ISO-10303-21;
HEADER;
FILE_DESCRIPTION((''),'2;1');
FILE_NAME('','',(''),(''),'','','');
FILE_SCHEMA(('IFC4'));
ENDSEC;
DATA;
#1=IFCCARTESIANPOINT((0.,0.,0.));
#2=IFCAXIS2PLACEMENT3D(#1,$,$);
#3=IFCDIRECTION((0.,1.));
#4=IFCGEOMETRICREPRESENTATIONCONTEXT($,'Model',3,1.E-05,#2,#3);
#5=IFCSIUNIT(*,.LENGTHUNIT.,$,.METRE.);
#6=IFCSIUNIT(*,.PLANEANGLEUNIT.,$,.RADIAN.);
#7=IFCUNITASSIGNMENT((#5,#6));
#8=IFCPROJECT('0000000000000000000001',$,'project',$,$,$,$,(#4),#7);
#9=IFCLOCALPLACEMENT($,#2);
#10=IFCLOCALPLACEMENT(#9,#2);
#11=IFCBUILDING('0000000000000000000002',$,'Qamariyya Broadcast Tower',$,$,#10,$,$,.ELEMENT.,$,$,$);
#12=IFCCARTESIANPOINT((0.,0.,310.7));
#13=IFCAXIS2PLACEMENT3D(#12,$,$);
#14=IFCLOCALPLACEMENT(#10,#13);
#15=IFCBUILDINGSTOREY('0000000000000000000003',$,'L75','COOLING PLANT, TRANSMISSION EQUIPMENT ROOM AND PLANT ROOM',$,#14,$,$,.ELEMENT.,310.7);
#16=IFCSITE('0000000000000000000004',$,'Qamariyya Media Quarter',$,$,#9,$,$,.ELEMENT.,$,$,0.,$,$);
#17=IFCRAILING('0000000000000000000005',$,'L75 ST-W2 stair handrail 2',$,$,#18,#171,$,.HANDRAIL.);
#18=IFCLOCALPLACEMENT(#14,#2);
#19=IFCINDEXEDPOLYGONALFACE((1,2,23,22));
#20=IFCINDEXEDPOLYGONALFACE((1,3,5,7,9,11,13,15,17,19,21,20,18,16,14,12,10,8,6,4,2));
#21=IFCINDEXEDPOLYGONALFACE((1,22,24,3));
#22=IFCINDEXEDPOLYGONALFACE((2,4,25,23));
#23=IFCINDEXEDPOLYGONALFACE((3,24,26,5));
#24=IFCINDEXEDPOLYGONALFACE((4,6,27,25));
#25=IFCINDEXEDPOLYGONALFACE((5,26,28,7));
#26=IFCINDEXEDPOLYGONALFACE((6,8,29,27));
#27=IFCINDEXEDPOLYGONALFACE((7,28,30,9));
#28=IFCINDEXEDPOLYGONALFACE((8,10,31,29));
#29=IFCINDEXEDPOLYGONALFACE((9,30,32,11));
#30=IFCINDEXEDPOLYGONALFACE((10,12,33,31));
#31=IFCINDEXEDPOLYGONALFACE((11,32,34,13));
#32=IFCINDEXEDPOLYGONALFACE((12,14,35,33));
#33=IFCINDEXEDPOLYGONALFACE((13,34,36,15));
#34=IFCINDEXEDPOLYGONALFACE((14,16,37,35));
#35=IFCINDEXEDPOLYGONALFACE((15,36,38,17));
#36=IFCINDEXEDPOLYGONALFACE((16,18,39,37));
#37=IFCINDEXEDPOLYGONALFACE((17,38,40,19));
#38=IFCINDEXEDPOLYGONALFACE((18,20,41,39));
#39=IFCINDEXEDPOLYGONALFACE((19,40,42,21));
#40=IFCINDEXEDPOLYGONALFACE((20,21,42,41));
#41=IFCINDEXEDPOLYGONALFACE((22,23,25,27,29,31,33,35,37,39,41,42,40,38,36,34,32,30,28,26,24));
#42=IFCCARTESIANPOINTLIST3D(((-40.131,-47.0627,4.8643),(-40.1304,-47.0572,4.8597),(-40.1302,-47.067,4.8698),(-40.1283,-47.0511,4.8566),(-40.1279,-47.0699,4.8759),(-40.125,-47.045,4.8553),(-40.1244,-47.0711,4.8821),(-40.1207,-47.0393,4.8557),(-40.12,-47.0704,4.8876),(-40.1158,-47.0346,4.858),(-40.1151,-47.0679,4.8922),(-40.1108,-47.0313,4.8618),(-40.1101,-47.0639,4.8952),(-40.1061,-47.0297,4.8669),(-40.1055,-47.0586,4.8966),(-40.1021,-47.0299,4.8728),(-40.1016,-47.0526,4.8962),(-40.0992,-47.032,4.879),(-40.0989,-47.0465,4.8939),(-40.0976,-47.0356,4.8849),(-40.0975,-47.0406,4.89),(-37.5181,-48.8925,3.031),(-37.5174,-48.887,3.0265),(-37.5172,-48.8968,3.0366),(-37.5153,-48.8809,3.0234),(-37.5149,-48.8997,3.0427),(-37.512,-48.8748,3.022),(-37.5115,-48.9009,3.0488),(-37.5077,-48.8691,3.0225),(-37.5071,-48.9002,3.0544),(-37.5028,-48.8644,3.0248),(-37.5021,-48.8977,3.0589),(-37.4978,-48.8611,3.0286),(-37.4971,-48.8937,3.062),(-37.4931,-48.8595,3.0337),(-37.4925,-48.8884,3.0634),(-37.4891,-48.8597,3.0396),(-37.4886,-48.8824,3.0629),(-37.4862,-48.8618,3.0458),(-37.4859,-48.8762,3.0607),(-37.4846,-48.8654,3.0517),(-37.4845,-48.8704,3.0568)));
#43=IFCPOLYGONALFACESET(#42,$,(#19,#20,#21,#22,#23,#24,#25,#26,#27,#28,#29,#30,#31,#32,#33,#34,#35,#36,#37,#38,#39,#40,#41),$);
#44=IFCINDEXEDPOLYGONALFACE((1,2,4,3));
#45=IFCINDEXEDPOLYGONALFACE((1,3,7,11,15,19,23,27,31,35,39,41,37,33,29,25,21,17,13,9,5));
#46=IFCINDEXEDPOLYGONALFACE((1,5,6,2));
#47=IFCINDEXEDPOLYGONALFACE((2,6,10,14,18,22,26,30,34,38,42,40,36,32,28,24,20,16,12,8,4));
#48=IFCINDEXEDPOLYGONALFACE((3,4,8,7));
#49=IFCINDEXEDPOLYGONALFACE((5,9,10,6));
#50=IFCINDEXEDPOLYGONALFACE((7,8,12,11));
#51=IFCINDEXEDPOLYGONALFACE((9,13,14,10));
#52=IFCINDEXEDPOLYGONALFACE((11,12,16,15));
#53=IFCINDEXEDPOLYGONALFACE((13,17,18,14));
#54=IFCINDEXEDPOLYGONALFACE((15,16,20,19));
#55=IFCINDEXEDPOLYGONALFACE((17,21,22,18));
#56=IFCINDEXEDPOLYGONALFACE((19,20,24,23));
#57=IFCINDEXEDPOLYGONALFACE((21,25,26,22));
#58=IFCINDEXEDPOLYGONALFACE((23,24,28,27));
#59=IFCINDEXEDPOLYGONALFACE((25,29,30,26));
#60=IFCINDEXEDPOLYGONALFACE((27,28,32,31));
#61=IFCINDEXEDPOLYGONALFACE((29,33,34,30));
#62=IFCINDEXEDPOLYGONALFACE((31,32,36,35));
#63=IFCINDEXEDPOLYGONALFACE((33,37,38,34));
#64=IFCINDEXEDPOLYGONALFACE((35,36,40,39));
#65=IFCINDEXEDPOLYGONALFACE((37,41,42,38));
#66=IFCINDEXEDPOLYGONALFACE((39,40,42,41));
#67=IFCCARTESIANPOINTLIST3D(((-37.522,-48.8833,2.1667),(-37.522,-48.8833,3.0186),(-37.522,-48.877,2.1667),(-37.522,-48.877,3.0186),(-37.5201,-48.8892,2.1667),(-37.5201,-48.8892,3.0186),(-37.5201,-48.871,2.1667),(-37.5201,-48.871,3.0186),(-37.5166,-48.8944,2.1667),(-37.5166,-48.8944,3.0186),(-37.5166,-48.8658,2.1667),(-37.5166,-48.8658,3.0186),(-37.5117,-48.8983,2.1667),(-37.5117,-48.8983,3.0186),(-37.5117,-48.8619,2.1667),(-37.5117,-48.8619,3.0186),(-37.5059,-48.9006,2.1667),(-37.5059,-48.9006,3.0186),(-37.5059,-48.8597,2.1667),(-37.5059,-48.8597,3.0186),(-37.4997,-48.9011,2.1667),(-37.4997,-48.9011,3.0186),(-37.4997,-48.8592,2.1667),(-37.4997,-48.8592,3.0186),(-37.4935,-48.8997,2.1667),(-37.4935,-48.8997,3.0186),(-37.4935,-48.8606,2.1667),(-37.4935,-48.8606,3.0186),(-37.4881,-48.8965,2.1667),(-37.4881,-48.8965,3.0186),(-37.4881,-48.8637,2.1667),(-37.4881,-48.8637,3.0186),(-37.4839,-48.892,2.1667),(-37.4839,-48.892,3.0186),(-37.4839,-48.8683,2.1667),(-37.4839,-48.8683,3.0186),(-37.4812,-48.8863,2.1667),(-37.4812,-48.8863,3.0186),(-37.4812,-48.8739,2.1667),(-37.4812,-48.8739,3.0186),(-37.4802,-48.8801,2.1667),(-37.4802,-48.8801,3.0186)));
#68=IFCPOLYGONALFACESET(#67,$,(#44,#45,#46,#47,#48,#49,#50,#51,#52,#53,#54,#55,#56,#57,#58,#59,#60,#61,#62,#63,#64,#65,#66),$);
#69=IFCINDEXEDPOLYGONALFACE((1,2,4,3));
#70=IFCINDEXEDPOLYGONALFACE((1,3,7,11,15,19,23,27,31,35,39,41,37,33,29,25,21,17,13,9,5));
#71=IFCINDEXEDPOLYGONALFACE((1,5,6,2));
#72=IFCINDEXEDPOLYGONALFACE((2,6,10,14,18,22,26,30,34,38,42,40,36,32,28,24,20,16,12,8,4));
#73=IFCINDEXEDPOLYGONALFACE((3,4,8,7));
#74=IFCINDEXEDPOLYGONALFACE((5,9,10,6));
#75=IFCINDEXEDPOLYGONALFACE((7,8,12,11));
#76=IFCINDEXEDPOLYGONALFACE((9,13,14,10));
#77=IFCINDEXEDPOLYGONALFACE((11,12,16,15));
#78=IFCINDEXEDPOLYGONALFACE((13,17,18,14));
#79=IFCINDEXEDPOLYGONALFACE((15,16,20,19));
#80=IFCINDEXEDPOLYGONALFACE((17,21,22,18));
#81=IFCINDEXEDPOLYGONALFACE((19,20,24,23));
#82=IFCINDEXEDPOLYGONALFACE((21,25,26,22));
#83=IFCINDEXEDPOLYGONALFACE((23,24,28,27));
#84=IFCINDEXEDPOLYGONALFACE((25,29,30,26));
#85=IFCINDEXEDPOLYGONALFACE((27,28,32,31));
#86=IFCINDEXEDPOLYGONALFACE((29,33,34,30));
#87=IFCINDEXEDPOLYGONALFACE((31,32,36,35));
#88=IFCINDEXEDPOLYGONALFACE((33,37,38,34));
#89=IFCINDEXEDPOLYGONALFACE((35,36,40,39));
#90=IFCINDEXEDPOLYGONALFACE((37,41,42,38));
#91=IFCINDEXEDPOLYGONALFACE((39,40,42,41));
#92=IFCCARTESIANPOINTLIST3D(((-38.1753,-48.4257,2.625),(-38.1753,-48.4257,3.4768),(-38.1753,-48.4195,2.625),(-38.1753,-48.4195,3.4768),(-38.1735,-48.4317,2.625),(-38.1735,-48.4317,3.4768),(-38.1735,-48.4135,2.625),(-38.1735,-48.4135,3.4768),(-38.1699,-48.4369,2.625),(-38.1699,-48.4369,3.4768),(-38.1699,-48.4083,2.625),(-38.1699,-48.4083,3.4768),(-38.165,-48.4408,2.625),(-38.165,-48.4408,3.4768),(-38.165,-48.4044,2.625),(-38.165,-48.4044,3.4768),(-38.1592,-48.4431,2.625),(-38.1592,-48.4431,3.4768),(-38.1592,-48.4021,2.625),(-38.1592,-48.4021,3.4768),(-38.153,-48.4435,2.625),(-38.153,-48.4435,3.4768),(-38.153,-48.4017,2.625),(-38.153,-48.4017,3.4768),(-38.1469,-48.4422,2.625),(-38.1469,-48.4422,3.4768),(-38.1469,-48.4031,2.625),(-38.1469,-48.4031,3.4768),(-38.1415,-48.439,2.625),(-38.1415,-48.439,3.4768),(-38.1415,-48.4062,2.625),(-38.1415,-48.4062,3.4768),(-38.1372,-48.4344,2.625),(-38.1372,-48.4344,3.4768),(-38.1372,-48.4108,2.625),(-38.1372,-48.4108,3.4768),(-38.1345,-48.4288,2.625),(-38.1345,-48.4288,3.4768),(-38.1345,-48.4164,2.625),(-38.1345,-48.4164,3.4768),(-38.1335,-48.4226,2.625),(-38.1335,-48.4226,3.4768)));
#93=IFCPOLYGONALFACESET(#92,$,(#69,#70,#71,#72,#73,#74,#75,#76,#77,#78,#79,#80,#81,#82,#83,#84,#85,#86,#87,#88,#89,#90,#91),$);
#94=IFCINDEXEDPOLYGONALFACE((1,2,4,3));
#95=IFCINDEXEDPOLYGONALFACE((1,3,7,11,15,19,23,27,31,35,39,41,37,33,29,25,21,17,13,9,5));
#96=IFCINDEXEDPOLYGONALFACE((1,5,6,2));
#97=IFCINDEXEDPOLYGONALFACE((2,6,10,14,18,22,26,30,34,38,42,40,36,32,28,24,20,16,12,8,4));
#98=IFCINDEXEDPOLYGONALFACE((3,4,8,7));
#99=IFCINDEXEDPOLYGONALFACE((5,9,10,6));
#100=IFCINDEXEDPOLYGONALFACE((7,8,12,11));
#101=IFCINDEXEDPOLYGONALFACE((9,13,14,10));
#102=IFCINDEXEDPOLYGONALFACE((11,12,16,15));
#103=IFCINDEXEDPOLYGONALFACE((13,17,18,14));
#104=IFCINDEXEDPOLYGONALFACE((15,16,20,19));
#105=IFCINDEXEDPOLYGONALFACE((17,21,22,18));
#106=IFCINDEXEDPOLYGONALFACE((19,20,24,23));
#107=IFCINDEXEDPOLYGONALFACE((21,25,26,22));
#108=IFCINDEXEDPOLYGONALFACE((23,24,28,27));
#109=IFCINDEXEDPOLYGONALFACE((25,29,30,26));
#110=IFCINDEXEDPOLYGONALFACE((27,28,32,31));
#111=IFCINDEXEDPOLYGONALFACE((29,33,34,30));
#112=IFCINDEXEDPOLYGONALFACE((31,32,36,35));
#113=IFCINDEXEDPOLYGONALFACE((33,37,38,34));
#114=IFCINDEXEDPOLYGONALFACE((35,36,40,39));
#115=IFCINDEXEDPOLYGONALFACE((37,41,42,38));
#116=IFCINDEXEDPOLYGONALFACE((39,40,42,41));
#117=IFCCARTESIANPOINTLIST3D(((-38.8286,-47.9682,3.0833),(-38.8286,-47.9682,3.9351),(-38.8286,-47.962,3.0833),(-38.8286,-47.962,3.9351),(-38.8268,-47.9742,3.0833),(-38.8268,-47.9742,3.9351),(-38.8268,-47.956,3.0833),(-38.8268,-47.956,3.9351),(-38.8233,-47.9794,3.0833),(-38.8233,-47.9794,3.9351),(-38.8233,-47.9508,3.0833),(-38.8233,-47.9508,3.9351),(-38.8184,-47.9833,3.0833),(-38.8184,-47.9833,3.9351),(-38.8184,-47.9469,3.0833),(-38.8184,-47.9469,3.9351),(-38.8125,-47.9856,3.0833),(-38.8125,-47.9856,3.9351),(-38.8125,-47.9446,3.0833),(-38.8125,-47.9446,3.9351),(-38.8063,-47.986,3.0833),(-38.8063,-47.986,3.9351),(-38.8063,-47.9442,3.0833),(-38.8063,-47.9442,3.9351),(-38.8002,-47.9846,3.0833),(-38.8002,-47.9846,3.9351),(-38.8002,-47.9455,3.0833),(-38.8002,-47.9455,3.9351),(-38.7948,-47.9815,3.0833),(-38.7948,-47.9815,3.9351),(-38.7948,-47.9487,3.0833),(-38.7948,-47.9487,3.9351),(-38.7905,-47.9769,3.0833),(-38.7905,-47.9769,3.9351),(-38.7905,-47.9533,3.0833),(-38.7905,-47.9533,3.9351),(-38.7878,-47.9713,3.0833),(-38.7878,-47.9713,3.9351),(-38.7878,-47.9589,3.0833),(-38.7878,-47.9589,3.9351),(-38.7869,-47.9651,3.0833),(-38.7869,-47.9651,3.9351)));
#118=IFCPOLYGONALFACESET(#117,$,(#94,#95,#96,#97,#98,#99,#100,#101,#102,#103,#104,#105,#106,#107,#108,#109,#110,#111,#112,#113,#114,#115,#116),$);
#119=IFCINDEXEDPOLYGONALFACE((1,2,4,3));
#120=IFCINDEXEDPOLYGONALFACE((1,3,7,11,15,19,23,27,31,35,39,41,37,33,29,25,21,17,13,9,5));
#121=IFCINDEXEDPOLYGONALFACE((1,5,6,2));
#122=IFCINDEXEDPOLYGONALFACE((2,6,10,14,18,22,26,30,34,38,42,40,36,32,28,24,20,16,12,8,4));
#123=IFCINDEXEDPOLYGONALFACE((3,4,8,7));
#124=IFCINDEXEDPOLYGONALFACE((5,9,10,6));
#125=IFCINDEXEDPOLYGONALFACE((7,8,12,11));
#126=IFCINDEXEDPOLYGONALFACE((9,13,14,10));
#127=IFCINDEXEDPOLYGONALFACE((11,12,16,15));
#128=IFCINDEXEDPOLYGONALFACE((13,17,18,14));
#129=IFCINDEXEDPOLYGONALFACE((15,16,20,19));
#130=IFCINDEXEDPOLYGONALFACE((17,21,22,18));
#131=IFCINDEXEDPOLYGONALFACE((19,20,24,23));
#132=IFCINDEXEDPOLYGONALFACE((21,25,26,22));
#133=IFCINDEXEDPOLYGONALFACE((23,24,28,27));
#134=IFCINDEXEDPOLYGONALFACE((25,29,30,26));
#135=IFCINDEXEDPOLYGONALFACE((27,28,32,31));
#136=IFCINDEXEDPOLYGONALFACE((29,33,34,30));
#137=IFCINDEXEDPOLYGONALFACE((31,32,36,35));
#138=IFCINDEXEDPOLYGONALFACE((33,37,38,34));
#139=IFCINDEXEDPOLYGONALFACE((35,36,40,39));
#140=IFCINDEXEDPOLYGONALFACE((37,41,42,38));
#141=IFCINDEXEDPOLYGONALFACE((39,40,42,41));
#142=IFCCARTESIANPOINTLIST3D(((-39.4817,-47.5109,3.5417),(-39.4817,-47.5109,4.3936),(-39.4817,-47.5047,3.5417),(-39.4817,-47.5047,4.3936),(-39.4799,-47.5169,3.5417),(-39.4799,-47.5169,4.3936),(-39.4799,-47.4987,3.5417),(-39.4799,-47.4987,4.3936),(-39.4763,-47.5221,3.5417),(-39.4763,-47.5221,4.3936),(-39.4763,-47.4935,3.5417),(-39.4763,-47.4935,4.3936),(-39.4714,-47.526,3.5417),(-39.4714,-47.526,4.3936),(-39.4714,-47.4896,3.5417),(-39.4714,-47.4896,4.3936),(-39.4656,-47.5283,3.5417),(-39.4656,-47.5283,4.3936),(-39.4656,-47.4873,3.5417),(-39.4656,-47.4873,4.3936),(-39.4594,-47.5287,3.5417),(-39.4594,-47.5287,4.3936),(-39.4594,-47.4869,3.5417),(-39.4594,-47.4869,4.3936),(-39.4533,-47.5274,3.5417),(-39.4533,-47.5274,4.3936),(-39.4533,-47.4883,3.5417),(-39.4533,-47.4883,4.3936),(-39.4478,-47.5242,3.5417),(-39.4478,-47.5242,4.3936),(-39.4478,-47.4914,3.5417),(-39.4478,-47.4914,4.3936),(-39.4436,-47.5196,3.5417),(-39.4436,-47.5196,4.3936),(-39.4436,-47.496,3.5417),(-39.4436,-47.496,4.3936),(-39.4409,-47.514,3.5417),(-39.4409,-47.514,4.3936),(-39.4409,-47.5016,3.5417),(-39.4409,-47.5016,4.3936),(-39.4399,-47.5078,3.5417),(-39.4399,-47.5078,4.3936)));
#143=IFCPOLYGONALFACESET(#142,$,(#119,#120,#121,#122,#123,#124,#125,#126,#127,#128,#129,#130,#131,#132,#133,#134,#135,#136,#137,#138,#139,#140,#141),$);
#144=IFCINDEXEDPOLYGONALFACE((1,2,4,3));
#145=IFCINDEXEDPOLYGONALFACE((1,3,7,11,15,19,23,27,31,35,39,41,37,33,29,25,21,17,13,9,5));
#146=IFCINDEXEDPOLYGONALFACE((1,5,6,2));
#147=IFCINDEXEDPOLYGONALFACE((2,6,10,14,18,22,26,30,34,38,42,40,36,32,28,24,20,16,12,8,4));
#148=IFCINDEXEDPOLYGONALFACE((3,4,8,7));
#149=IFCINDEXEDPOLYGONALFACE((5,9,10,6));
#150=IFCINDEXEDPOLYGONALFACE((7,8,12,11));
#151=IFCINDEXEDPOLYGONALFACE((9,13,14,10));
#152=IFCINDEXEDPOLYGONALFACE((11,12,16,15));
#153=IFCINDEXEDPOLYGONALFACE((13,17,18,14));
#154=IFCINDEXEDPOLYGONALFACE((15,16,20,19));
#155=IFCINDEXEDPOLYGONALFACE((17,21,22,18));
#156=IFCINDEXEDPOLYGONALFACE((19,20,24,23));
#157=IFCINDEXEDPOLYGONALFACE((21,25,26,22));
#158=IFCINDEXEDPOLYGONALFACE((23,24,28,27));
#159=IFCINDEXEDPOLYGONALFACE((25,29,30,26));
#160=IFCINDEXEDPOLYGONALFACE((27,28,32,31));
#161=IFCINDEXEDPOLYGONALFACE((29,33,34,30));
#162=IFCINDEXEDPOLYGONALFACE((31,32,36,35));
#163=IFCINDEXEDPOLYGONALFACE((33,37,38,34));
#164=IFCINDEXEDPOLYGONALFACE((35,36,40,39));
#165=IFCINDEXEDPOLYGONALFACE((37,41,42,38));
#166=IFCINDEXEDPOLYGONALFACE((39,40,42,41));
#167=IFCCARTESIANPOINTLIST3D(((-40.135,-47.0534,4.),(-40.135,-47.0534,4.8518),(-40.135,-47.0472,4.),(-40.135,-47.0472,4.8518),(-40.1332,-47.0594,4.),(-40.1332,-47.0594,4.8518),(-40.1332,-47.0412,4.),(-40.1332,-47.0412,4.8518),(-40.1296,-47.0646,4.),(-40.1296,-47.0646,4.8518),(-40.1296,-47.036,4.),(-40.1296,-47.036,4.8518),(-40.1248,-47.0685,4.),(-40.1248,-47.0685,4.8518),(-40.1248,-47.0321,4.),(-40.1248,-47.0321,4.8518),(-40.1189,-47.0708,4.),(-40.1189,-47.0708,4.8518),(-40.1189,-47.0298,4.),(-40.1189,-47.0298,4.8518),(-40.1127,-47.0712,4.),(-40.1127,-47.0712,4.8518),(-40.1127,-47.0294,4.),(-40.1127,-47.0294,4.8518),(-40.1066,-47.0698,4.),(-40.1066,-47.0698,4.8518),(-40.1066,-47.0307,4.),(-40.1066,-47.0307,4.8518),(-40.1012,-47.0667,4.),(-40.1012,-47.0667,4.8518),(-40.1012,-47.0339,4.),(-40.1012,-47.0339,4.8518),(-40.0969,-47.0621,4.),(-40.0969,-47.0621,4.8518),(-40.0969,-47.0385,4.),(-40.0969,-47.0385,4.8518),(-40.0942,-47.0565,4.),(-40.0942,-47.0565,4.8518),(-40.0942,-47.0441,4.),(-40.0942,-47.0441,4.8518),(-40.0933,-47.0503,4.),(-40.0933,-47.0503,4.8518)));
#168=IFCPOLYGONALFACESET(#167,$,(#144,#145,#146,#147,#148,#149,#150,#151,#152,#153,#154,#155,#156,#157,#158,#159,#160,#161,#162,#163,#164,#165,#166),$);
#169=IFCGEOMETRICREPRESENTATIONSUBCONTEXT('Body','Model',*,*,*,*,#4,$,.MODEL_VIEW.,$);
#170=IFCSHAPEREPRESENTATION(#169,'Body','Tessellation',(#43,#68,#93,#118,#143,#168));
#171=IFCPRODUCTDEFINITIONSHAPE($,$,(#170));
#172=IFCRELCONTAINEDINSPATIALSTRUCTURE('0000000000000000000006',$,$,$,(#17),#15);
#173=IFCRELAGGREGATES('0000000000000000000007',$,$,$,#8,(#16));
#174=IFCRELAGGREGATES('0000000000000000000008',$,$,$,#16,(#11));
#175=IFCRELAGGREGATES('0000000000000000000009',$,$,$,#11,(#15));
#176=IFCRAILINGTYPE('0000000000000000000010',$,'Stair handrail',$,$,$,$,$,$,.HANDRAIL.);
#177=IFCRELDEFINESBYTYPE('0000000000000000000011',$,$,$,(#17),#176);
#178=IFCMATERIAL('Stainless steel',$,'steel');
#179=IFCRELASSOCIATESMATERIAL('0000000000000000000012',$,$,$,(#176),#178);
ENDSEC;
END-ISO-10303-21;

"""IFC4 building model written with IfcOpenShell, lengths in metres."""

from ifc_helpers import new_model, si_unit, direction, frame, origin, origin_2d, place, context, subcontext, project, spatial, circle, extrude, material, type_object, element, save


model = new_model("IFC4")

# Units and contexts
model_context = context("Model", 3, precision=1e-05, world=origin(), true_north=direction((0.0, 1.0)))
body_context = subcontext(model_context, "Body", "Model", "MODEL_VIEW")
ifc_project = project(units=[si_unit("LENGTHUNIT", "METRE"), si_unit("PLANEANGLEUNIT", "RADIAN")], contexts=[model_context])

# Site, building, storey
site_placement = place(None, origin())
site = spatial("IfcSite", under=ifc_project, at=site_placement, Name="Qamariyya Media Quarter", CompositionType="ELEMENT", RefElevation=0.0)
building_placement = place(site_placement, origin())
building = spatial("IfcBuilding", under=site, at=building_placement, Name="Qamariyya Broadcast Tower", CompositionType="ELEMENT")
storey_placement = place(building_placement, frame((0.0, 0.0, 310.7)))
storey = spatial("IfcBuildingStorey", under=building, at=storey_placement, Name="L75", Description="COOLING PLANT, TRANSMISSION EQUIPMENT ROOM AND PLANT ROOM", CompositionType="ELEMENT", Elevation=310.7)

# Railing
ifc_material_1 = material(Name="Stainless steel", Category="steel")
railing_type_1 = type_object("IfcRailingType", Name="Stair handrail", PredefinedType="HANDRAIL", material=ifc_material_1)
railing_1_placement = place(storey_placement, frame((-37.5012, -48.8801, 2.1667)))
element("IfcRailing", 1, at=railing_1_placement, inside=storey, type_object=railing_type_1, Name="L75 ST-W2 stair handrail 2", PredefinedType="HANDRAIL", context=body_context, shape_type="SweptSolid", body=[
    extrude(circle(Radius=0.0239, at=origin_2d()), frame((0.0, 0.0, 0.876), z_axis=(-0.710204, 0.497335, 0.498264), x_axis=(-0.573611, -0.819128, 0.0)), (0.0, 0.0, 1.0), 3.6792),
    extrude(circle(Radius=0.021, at=origin_2d()), origin(), (0.0, 0.0, 1.0), 0.8518),
    extrude(circle(Radius=0.021, at=origin_2d()), frame((-0.6533, 0.4575, 0.4583)), (0.0, 0.0, 1.0), 0.8518),
    extrude(circle(Radius=0.021, at=origin_2d()), frame((-1.3066, 0.915, 0.9165)), (0.0, 0.0, 1.0), 0.8518),
    extrude(circle(Radius=0.021, at=origin_2d()), frame((-1.9597, 1.3723, 1.375)), (0.0, 0.0, 1.0), 0.8518),
    extrude(circle(Radius=0.021, at=origin_2d()), frame((-2.613, 1.8298, 1.8333)), (0.0, 0.0, 1.0), 0.8518),
])

save(model, "model.ifc")
